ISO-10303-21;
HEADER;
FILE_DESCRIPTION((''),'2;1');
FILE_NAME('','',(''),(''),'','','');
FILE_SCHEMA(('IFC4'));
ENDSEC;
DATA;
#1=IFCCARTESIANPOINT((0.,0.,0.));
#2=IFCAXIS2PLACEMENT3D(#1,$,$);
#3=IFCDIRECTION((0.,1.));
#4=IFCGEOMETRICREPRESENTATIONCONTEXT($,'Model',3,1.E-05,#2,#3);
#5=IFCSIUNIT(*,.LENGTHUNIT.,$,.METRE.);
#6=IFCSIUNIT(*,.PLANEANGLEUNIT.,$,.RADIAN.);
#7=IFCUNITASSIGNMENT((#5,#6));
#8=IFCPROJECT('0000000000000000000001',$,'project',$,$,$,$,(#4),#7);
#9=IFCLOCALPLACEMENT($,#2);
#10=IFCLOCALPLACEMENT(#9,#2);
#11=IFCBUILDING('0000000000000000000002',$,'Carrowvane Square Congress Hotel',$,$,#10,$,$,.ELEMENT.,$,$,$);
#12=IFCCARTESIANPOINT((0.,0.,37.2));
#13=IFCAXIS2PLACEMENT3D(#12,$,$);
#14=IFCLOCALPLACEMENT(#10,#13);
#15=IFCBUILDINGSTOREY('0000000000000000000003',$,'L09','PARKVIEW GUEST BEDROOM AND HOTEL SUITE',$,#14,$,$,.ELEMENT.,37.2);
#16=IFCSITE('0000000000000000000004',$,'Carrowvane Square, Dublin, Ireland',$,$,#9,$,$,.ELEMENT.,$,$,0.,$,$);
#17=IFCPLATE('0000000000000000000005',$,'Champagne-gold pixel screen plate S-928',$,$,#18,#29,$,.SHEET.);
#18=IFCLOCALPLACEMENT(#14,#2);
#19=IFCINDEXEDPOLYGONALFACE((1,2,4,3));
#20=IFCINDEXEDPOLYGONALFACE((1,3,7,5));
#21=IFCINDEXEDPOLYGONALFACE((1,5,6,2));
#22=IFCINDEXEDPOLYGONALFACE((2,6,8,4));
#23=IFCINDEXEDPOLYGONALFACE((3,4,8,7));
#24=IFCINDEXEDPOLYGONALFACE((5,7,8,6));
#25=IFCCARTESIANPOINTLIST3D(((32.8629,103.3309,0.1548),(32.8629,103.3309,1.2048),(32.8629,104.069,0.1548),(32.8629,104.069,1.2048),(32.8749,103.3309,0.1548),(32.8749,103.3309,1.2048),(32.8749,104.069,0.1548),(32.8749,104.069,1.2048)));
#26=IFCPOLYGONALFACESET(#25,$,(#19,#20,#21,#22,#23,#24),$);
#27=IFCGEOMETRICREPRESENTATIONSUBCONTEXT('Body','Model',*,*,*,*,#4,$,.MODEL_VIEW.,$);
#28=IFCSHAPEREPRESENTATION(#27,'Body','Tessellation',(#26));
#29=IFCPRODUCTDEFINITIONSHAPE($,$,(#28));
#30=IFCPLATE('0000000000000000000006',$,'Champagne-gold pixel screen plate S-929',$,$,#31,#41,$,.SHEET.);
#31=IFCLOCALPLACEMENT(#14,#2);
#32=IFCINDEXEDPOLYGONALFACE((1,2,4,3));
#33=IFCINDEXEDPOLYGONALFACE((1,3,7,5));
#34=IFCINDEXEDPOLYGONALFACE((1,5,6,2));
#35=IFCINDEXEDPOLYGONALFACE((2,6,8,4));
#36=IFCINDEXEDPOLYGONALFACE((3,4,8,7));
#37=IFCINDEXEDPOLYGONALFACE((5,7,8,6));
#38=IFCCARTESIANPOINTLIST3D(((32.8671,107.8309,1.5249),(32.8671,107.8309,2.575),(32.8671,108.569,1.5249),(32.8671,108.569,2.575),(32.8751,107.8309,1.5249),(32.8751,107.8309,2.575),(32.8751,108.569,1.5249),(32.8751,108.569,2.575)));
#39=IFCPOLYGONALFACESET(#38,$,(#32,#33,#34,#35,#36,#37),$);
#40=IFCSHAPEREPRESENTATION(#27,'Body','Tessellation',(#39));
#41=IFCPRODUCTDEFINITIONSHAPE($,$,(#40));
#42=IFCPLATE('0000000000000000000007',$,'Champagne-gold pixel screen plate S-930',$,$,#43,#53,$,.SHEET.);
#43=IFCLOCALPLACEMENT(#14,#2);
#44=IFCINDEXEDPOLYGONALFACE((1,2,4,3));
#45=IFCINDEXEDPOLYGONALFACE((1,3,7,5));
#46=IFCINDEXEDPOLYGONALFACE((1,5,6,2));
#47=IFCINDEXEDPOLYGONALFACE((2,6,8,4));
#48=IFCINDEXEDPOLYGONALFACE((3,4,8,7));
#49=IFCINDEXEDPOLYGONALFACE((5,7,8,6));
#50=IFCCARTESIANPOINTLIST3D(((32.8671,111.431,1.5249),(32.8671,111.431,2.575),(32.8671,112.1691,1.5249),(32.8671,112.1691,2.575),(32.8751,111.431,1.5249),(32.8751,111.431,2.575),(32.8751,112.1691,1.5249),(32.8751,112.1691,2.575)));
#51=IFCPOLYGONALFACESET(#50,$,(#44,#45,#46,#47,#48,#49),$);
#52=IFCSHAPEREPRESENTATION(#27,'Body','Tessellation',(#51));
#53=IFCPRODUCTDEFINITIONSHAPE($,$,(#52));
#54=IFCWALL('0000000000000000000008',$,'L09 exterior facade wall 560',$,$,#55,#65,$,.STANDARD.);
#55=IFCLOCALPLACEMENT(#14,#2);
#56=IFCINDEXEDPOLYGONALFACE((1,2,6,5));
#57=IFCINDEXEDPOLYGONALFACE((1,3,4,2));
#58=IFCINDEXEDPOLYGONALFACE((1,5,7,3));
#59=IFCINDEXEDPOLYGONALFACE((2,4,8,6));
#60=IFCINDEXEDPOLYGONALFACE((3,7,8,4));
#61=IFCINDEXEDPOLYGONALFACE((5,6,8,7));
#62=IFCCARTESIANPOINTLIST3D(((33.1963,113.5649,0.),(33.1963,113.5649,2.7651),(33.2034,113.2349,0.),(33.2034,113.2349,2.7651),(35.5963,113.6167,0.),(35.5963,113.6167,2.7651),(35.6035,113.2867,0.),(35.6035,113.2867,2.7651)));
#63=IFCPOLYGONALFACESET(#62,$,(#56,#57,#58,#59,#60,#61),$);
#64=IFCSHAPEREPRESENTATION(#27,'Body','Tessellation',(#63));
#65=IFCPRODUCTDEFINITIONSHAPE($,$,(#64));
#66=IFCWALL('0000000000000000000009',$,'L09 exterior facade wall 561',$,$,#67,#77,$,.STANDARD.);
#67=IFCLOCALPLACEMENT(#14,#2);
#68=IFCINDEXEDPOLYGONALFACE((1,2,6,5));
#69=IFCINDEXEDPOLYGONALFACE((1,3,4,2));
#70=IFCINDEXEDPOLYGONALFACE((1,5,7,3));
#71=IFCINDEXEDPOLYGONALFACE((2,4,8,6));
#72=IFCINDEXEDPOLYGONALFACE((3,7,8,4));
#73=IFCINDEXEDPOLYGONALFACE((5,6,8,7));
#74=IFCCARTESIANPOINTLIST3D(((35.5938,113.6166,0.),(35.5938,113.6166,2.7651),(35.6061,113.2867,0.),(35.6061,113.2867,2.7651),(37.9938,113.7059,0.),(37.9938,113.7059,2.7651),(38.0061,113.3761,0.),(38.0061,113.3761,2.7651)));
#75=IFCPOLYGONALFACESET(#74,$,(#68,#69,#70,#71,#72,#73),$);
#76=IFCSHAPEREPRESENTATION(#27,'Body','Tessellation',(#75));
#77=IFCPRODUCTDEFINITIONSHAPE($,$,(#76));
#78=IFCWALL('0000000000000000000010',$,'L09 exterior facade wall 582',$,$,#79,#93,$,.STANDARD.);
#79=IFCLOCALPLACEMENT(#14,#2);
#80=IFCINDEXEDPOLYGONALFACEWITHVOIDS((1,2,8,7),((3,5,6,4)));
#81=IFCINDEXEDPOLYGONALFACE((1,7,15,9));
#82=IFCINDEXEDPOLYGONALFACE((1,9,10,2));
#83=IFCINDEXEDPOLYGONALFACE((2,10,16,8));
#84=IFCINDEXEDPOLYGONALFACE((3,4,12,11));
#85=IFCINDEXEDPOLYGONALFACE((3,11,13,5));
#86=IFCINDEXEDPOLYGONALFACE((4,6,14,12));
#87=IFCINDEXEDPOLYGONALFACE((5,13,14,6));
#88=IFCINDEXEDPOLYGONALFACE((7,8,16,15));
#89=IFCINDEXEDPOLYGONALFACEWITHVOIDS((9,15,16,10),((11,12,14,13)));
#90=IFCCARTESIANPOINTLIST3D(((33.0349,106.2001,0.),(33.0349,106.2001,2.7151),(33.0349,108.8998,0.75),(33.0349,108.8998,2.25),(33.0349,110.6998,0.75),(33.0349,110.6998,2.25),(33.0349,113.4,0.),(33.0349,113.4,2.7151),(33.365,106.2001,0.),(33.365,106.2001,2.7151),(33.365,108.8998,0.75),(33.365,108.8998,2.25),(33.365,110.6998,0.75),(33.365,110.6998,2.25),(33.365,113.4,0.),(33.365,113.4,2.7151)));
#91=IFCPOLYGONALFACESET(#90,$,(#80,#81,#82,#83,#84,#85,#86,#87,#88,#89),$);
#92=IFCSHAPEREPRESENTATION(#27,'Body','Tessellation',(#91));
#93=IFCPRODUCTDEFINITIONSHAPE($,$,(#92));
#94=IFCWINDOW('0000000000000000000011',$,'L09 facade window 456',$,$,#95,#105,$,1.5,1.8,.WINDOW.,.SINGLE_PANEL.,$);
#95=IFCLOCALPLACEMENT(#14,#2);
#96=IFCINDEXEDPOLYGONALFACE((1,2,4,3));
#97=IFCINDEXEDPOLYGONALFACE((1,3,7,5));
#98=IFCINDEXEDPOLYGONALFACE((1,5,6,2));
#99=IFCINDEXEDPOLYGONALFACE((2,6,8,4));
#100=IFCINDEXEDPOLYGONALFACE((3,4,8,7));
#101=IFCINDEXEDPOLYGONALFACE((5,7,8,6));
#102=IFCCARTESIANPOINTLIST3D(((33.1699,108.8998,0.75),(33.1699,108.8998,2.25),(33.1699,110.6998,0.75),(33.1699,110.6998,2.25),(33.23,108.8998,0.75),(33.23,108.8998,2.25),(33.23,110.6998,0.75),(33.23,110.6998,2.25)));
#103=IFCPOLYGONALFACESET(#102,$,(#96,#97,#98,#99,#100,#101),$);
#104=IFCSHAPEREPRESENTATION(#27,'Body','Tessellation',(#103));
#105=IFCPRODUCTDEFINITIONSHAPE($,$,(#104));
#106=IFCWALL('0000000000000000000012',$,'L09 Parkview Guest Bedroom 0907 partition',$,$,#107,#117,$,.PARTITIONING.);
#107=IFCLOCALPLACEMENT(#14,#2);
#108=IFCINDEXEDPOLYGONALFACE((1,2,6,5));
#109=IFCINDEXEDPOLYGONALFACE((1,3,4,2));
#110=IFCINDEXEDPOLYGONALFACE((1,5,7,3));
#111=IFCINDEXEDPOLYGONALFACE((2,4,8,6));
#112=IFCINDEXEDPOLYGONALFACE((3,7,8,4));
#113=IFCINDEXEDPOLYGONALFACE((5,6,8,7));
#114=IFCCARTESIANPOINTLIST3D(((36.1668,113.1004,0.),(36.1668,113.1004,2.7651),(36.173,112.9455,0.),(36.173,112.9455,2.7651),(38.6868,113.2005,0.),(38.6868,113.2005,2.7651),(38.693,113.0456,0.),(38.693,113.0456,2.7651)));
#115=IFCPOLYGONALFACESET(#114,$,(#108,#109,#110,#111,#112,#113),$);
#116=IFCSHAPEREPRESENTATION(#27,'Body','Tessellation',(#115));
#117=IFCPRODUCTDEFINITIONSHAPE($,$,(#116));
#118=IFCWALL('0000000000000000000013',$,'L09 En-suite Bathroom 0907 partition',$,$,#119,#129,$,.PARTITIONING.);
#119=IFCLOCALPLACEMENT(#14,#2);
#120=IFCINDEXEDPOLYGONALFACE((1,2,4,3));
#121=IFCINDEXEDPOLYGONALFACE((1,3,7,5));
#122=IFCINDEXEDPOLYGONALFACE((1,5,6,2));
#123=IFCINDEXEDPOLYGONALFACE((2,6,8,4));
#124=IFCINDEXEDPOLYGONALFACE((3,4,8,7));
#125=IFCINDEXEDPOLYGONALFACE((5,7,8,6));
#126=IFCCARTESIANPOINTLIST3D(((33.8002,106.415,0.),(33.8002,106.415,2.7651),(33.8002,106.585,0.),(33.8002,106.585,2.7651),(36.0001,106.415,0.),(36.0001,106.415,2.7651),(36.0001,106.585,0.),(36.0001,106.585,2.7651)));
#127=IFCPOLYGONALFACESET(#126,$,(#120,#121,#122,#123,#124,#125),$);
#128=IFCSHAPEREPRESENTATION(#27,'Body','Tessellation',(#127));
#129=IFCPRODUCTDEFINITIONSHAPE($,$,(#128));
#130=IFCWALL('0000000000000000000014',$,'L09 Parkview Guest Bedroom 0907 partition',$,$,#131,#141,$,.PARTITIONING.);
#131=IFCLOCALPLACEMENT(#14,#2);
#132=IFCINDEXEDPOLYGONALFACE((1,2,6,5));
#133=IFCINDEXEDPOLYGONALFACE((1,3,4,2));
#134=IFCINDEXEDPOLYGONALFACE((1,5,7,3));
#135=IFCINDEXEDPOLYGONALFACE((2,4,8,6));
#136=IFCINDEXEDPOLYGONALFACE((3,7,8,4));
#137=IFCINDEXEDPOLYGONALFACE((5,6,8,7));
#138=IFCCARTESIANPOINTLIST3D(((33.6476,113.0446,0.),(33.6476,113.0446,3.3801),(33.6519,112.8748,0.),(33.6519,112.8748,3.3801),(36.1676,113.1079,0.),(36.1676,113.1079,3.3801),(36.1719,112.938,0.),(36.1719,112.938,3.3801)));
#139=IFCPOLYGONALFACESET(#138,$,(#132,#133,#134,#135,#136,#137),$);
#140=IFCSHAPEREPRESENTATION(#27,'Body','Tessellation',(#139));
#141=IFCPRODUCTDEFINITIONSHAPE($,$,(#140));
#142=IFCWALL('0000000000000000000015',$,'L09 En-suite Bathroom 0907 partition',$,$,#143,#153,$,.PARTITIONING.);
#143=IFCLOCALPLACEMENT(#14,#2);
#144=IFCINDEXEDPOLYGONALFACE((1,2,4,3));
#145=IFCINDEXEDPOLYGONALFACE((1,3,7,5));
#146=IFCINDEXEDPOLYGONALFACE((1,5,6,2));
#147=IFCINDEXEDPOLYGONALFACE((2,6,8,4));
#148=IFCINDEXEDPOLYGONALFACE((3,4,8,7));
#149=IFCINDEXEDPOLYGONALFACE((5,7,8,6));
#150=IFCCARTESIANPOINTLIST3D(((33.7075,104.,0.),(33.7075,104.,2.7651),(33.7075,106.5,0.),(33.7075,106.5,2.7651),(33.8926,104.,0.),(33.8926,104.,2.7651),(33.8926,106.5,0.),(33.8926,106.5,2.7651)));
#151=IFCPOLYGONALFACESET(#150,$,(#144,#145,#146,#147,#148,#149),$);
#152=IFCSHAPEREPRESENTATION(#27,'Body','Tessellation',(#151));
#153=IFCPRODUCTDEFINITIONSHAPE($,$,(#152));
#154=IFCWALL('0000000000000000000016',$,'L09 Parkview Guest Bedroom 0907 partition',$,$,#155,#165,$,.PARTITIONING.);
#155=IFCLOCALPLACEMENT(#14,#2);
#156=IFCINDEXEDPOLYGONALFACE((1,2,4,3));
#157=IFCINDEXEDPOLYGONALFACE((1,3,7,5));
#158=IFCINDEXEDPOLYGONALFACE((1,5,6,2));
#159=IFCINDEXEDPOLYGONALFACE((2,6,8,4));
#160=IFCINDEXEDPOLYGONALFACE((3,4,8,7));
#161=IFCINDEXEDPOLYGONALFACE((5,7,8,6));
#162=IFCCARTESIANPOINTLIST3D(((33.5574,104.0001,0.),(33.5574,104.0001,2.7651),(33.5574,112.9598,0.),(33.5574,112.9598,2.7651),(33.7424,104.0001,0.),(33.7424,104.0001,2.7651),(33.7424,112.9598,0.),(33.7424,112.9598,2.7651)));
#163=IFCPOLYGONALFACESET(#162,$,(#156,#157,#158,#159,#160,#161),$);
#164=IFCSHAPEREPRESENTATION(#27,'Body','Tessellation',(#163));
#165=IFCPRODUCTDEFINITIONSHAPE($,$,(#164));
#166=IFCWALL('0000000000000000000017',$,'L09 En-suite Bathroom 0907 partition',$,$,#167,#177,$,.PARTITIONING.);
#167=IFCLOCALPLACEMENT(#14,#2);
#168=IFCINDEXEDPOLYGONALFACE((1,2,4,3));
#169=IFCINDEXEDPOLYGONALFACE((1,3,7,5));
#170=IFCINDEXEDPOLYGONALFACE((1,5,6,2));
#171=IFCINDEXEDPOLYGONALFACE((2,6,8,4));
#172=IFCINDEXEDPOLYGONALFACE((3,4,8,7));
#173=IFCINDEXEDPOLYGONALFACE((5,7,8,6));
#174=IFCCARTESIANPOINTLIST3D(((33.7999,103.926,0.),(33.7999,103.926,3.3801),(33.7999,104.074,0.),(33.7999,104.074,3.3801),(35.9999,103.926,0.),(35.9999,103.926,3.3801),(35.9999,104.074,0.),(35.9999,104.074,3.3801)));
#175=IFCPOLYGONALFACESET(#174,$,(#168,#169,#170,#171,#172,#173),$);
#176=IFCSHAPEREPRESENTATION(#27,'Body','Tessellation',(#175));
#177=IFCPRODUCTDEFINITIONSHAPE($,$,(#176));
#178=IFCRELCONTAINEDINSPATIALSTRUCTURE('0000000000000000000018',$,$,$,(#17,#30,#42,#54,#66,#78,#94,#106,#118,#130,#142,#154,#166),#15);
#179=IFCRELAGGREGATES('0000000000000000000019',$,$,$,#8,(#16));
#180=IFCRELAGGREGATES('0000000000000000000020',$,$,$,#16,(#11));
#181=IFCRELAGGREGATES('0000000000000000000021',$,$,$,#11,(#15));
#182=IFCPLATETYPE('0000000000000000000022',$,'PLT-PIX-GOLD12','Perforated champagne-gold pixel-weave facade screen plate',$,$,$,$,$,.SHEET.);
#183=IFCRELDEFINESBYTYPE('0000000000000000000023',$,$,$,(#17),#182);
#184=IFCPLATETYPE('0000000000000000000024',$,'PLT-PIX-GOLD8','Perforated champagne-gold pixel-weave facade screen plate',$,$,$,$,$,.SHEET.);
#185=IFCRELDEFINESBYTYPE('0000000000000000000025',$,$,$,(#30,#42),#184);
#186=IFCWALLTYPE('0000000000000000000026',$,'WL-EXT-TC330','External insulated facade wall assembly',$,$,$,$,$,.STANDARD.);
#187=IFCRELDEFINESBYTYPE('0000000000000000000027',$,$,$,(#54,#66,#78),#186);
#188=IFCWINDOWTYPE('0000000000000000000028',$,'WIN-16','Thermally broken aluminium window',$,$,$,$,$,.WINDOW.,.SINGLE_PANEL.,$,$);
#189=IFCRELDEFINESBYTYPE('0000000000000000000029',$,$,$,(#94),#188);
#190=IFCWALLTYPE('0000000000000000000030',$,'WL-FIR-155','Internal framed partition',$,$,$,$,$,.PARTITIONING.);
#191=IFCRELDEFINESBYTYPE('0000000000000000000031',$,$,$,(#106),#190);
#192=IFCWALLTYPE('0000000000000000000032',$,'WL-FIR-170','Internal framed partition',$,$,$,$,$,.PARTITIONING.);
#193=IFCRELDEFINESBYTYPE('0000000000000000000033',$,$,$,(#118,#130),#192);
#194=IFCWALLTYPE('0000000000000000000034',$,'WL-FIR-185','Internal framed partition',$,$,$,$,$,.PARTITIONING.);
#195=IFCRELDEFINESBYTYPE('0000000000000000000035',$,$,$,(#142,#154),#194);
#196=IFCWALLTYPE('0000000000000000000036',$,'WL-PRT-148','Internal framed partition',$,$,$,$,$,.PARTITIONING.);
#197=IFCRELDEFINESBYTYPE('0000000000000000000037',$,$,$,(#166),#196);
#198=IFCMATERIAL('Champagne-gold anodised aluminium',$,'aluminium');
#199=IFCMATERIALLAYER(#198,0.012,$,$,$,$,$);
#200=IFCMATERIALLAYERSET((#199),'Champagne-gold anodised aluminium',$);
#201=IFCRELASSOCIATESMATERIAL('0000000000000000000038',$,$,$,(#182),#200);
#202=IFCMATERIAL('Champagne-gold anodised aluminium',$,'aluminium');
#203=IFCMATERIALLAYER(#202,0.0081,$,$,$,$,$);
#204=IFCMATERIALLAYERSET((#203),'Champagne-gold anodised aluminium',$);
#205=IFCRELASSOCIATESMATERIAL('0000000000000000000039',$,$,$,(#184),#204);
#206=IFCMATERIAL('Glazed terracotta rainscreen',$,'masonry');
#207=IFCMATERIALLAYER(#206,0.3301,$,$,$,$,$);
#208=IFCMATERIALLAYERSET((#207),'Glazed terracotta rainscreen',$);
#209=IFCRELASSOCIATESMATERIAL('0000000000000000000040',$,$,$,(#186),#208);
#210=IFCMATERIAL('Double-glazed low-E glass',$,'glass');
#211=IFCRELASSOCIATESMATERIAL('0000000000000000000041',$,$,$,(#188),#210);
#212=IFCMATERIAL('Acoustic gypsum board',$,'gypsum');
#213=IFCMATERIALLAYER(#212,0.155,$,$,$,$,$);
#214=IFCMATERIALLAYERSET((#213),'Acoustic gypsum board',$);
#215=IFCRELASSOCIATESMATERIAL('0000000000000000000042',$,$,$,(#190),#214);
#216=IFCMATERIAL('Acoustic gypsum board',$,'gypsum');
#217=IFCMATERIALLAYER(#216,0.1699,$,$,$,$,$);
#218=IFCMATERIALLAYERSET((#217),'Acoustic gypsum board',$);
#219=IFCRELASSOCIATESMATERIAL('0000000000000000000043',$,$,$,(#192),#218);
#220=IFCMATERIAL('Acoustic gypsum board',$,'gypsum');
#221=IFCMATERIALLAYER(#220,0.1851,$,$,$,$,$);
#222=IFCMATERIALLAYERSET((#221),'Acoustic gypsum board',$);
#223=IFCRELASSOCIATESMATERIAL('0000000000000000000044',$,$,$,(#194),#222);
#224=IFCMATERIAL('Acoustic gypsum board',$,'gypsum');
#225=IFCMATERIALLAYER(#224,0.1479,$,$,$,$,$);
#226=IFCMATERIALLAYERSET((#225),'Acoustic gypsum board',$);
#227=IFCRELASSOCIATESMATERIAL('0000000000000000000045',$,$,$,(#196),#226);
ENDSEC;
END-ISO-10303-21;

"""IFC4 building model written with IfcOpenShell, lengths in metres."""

from ifc_helpers import new_model, si_unit, direction, frame, frame_2d, origin, origin_2d, place, context, subcontext, project, spatial, rectangle, extrude, material, layer, layer_set, type_object, element, fill, save


model = new_model("IFC4")

# Units and contexts
model_context = context("Model", 3, precision=1e-05, world=origin(), true_north=direction((0.0, 1.0)))
body_context = subcontext(model_context, "Body", "Model", "MODEL_VIEW")
ifc_project = project(units=[si_unit("LENGTHUNIT", "METRE"), si_unit("PLANEANGLEUNIT", "RADIAN")], contexts=[model_context])

# Site, building, storey
site_placement = place(None, origin())
site = spatial("IfcSite", under=ifc_project, at=site_placement, Name="Carrowvane Square, Dublin, Ireland", CompositionType="ELEMENT", RefElevation=0.0)
building_placement = place(site_placement, origin())
building = spatial("IfcBuilding", under=site, at=building_placement, Name="Carrowvane Square Congress Hotel", CompositionType="ELEMENT")
storey_placement = place(building_placement, frame((0.0, 0.0, 37.2)))
storey = spatial("IfcBuildingStorey", under=building, at=storey_placement, Name="L09", Description="PARKVIEW GUEST BEDROOM AND HOTEL SUITE", CompositionType="ELEMENT", Elevation=37.2)

# Plates
ifc_material_1 = material(Name="Champagne-gold anodised aluminium", Category="aluminium")
ifc_layer_1 = layer(ifc_material_1, 0.012)
ifc_layer_set_1 = layer_set([ifc_layer_1], Name="Champagne-gold anodised aluminium")
plate_type_1 = type_object("IfcPlateType", Name="PLT-PIX-GOLD12", Description="Perforated champagne-gold pixel-weave facade screen plate", PredefinedType="SHEET", material=ifc_layer_set_1)
plate_placement = place(storey_placement, frame((32.8689, 103.7, 0.1548), z_axis=(0.0, 0.0, 1.0), x_axis=(0.0, 1.0, 0.0)))
element("IfcPlate", 1, at=plate_placement, inside=storey, type_object=plate_type_1, Name="Champagne-gold pixel screen plate S-928", PredefinedType="SHEET", context=body_context, shape_type="SweptSolid", body=[
    extrude(rectangle(XDim=0.738, YDim=0.012, at=origin_2d()), origin(), (0.0, 0.0, 1.0), 1.05),
])
ifc_material_2 = material(Name="Champagne-gold anodised aluminium", Category="aluminium")
ifc_layer_2 = layer(ifc_material_2, 0.0081)
ifc_layer_set_2 = layer_set([ifc_layer_2], Name="Champagne-gold anodised aluminium")
plate_type_2 = type_object("IfcPlateType", Name="PLT-PIX-GOLD8", Description="Perforated champagne-gold pixel-weave facade screen plate", PredefinedType="SHEET", material=ifc_layer_set_2)
for number, where, z_axis, x_axis, name in (
    (2, (32.8711, 108.2, 1.5249), (0.0, 0.0, 1.0), (0.0, 1.0, 0.0), "Champagne-gold pixel screen plate S-929"),
    (3, (32.8711, 111.8, 1.5249), (0.0, 0.0, 1.0), (0.0, 1.0, 0.0), "Champagne-gold pixel screen plate S-930"),
):
    element("IfcPlate", number, at=place(storey_placement, frame(where, z_axis=z_axis, x_axis=x_axis)), inside=storey, type_object=plate_type_2, Name=name, PredefinedType="SHEET", context=body_context, shape_type="SweptSolid", body=[
        extrude(rectangle(XDim=0.738, YDim=0.0081, at=origin_2d()), origin(), (0.0, 0.0, 1.0), 1.05),
    ])

# Walls
ifc_material_3 = material(Name="Glazed terracotta rainscreen", Category="masonry")
ifc_layer_3 = layer(ifc_material_3, 0.3301)
ifc_layer_set_3 = layer_set([ifc_layer_3], Name="Glazed terracotta rainscreen")
wall_type_1 = type_object("IfcWallType", Name="WL-EXT-TC330", Description="External insulated facade wall assembly", PredefinedType="STANDARD", material=ifc_layer_set_3)
wall_1_placement = place(storey_placement, frame((33.2, 113.3999, 0.0), z_axis=(0.0, 0.0, 1.0), x_axis=(0.999768, 0.021559, 0.0)))
element("IfcWall", 4, at=wall_1_placement, inside=storey, type_object=wall_type_1, Name="L09 exterior facade wall 560", PredefinedType="STANDARD", context=body_context, shape_type="SweptSolid", body=[
    extrude(rectangle(XDim=2.4006, YDim=0.3301, at=frame_2d((1.2002, 0.0))), origin(), (0.0, 0.0, 1.0), 2.7651),
])
wall_2_placement = place(storey_placement, frame((35.6001, 113.4517, 0.0), z_axis=(0.0, 0.0, 1.0), x_axis=(0.999308, 0.037207, 0.0)))
element("IfcWall", 5, at=wall_2_placement, inside=storey, type_object=wall_type_1, Name="L09 exterior facade wall 561", PredefinedType="STANDARD", context=body_context, shape_type="SweptSolid", body=[
    extrude(rectangle(XDim=2.4016, YDim=0.3301, at=frame_2d((1.2007, 0.0))), origin(), (0.0, 0.0, 1.0), 2.7651),
])

# Wall, opening, window
wall_3_placement = place(storey_placement, frame((33.2, 106.2, 0.0), z_axis=(0.0, 0.0, 1.0), x_axis=(0.0, 1.0, 0.0)))
wall_3 = element("IfcWall", 6, at=wall_3_placement, inside=storey, type_object=wall_type_1, Name="L09 exterior facade wall 582", PredefinedType="STANDARD", context=body_context, shape_type="SweptSolid", body=[
    extrude(rectangle(XDim=7.2, YDim=0.3301, at=frame_2d((3.6001, 0.0))), origin(), (0.0, 0.0, 1.0), 2.7151),
])
opening_1_placement = place(wall_3_placement, frame((2.7, 0.0, 0.75)))
opening_1 = element("IfcOpeningElement", 7, at=opening_1_placement, cuts=wall_3, PredefinedType="OPENING", context=body_context, shape_type="SweptSolid", body=[
    extrude(rectangle(XDim=1.8, YDim=1.5, at=frame_2d((0.8999, 0.75))), frame((0.0, 0.175, 0.0), z_axis=(0.0, -1.0, 0.0), x_axis=(1.0, 0.0, 0.0)), (0.0, 0.0, 1.0), 0.3501),
])
ifc_material_4 = material(Name="Double-glazed low-E glass", Category="glass")
window_type = type_object("IfcWindowType", Name="WIN-16", Description="Thermally broken aluminium window", PartitioningType="SINGLE_PANEL", PredefinedType="WINDOW", material=ifc_material_4)
window_placement = place(opening_1_placement, origin())
window = element("IfcWindow", 8, at=window_placement, inside=storey, type_object=window_type, Name="L09 facade window 456", OverallHeight=1.5, OverallWidth=1.8, PartitioningType="SINGLE_PANEL", PredefinedType="WINDOW", context=body_context, shape_type="SweptSolid", body=[
    extrude(rectangle(XDim=1.8, YDim=1.5, at=frame_2d((0.8999, 0.75))), frame((0.0, 0.03, 0.0), z_axis=(0.0, -1.0, 0.0), x_axis=(1.0, 0.0, 0.0)), (0.0, 0.0, 1.0), 0.0601),
])
fill(opening_1, window)

# Shared definitions
ifc_material_5 = material(Name="Acoustic gypsum board", Category="gypsum")
ifc_layer_4 = layer(ifc_material_5, 0.155)
ifc_layer_set_4 = layer_set([ifc_layer_4], Name="Acoustic gypsum board")
wall_type_2 = type_object("IfcWallType", Name="WL-FIR-155", Description="Internal framed partition", PredefinedType="PARTITIONING", material=ifc_layer_set_4)

# Walls
wall_4_placement = place(storey_placement, frame((36.1699, 113.0229, 0.0), z_axis=(0.0, 0.0, 1.0), x_axis=(0.999212, 0.03969, 0.0)))
element("IfcWall", 9, at=wall_4_placement, inside=storey, type_object=wall_type_2, Name="L09 Parkview Guest Bedroom 0907 partition", PredefinedType="PARTITIONING", context=body_context, shape_type="SweptSolid", body=[
    extrude(rectangle(XDim=2.522, YDim=0.155, at=frame_2d((1.261, 0.0))), origin(), (0.0, 0.0, 1.0), 2.7651),
])
ifc_material_6 = material(Name="Acoustic gypsum board", Category="gypsum")
ifc_layer_5 = layer(ifc_material_6, 0.1699)
ifc_layer_set_5 = layer_set([ifc_layer_5], Name="Acoustic gypsum board")
wall_type_3 = type_object("IfcWallType", Name="WL-FIR-170", Description="Internal framed partition", PredefinedType="PARTITIONING", material=ifc_layer_set_5)
wall_5_placement = place(storey_placement, frame((33.8, 106.5, 0.0), z_axis=(0.0, 0.0, 1.0), x_axis=(1.0, 0.0, 0.0)))
element("IfcWall", 10, at=wall_5_placement, inside=storey, type_object=wall_type_3, Name="L09 En-suite Bathroom 0907 partition", PredefinedType="PARTITIONING", context=body_context, shape_type="SweptSolid", body=[
    extrude(rectangle(XDim=2.2, YDim=0.1699, at=frame_2d((1.1001, 0.0))), origin(), (0.0, 0.0, 1.0), 2.7651),
])
wall_6_placement = place(storey_placement, frame((33.6499, 112.9597, 0.0), z_axis=(0.0, 0.0, 1.0), x_axis=(0.999685, 0.025084, 0.0)))
element("IfcWall", 11, at=wall_6_placement, inside=storey, type_object=wall_type_3, Name="L09 Parkview Guest Bedroom 0907 partition", PredefinedType="PARTITIONING", context=body_context, shape_type="SweptSolid", body=[
    extrude(rectangle(XDim=2.5208, YDim=0.1699, at=frame_2d((1.2603, 0.0))), origin(), (0.0, 0.0, 1.0), 3.3801),
])
ifc_material_7 = material(Name="Acoustic gypsum board", Category="gypsum")
ifc_layer_6 = layer(ifc_material_7, 0.1851)
ifc_layer_set_6 = layer_set([ifc_layer_6], Name="Acoustic gypsum board")
wall_type_4 = type_object("IfcWallType", Name="WL-FIR-185", Description="Internal framed partition", PredefinedType="PARTITIONING", material=ifc_layer_set_6)
wall_7_placement = place(storey_placement, frame((33.8, 104.0, 0.0), z_axis=(0.0, 0.0, 1.0), x_axis=(0.0, 1.0, 0.0)))
element("IfcWall", 12, at=wall_7_placement, inside=storey, type_object=wall_type_4, Name="L09 En-suite Bathroom 0907 partition", PredefinedType="PARTITIONING", context=body_context, shape_type="SweptSolid", body=[
    extrude(rectangle(XDim=2.5, YDim=0.1851, at=frame_2d((1.25, 0.0))), origin(), (0.0, 0.0, 1.0), 2.7651),
])
wall_8_placement = place(storey_placement, frame((33.6499, 104.0, 0.0), z_axis=(0.0, 0.0, 1.0), x_axis=(0.0, 1.0, 0.0)))
element("IfcWall", 13, at=wall_8_placement, inside=storey, type_object=wall_type_4, Name="L09 Parkview Guest Bedroom 0907 partition", PredefinedType="PARTITIONING", context=body_context, shape_type="SweptSolid", body=[
    extrude(rectangle(XDim=8.9597, YDim=0.1851, at=frame_2d((4.48, 0.0))), origin(), (0.0, 0.0, 1.0), 2.7651),
])

# Wall
ifc_material_8 = material(Name="Acoustic gypsum board", Category="gypsum")
ifc_layer_7 = layer(ifc_material_8, 0.1479)
ifc_layer_set_7 = layer_set([ifc_layer_7], Name="Acoustic gypsum board")
wall_type_5 = type_object("IfcWallType", Name="WL-PRT-148", Description="Internal framed partition", PredefinedType="PARTITIONING", material=ifc_layer_set_7)
wall_9_placement = place(storey_placement, frame((36.0, 104.0, 0.0), z_axis=(0.0, 0.0, 1.0), x_axis=(-1.0, 0.0, 0.0)))
element("IfcWall", 14, at=wall_9_placement, inside=storey, type_object=wall_type_5, Name="L09 En-suite Bathroom 0907 partition", PredefinedType="PARTITIONING", context=body_context, shape_type="SweptSolid", body=[
    extrude(rectangle(XDim=2.2, YDim=0.1479, at=frame_2d((1.1001, 0.0))), origin(), (0.0, 0.0, 1.0), 3.3801),
])

save(model, "model.ifc")
